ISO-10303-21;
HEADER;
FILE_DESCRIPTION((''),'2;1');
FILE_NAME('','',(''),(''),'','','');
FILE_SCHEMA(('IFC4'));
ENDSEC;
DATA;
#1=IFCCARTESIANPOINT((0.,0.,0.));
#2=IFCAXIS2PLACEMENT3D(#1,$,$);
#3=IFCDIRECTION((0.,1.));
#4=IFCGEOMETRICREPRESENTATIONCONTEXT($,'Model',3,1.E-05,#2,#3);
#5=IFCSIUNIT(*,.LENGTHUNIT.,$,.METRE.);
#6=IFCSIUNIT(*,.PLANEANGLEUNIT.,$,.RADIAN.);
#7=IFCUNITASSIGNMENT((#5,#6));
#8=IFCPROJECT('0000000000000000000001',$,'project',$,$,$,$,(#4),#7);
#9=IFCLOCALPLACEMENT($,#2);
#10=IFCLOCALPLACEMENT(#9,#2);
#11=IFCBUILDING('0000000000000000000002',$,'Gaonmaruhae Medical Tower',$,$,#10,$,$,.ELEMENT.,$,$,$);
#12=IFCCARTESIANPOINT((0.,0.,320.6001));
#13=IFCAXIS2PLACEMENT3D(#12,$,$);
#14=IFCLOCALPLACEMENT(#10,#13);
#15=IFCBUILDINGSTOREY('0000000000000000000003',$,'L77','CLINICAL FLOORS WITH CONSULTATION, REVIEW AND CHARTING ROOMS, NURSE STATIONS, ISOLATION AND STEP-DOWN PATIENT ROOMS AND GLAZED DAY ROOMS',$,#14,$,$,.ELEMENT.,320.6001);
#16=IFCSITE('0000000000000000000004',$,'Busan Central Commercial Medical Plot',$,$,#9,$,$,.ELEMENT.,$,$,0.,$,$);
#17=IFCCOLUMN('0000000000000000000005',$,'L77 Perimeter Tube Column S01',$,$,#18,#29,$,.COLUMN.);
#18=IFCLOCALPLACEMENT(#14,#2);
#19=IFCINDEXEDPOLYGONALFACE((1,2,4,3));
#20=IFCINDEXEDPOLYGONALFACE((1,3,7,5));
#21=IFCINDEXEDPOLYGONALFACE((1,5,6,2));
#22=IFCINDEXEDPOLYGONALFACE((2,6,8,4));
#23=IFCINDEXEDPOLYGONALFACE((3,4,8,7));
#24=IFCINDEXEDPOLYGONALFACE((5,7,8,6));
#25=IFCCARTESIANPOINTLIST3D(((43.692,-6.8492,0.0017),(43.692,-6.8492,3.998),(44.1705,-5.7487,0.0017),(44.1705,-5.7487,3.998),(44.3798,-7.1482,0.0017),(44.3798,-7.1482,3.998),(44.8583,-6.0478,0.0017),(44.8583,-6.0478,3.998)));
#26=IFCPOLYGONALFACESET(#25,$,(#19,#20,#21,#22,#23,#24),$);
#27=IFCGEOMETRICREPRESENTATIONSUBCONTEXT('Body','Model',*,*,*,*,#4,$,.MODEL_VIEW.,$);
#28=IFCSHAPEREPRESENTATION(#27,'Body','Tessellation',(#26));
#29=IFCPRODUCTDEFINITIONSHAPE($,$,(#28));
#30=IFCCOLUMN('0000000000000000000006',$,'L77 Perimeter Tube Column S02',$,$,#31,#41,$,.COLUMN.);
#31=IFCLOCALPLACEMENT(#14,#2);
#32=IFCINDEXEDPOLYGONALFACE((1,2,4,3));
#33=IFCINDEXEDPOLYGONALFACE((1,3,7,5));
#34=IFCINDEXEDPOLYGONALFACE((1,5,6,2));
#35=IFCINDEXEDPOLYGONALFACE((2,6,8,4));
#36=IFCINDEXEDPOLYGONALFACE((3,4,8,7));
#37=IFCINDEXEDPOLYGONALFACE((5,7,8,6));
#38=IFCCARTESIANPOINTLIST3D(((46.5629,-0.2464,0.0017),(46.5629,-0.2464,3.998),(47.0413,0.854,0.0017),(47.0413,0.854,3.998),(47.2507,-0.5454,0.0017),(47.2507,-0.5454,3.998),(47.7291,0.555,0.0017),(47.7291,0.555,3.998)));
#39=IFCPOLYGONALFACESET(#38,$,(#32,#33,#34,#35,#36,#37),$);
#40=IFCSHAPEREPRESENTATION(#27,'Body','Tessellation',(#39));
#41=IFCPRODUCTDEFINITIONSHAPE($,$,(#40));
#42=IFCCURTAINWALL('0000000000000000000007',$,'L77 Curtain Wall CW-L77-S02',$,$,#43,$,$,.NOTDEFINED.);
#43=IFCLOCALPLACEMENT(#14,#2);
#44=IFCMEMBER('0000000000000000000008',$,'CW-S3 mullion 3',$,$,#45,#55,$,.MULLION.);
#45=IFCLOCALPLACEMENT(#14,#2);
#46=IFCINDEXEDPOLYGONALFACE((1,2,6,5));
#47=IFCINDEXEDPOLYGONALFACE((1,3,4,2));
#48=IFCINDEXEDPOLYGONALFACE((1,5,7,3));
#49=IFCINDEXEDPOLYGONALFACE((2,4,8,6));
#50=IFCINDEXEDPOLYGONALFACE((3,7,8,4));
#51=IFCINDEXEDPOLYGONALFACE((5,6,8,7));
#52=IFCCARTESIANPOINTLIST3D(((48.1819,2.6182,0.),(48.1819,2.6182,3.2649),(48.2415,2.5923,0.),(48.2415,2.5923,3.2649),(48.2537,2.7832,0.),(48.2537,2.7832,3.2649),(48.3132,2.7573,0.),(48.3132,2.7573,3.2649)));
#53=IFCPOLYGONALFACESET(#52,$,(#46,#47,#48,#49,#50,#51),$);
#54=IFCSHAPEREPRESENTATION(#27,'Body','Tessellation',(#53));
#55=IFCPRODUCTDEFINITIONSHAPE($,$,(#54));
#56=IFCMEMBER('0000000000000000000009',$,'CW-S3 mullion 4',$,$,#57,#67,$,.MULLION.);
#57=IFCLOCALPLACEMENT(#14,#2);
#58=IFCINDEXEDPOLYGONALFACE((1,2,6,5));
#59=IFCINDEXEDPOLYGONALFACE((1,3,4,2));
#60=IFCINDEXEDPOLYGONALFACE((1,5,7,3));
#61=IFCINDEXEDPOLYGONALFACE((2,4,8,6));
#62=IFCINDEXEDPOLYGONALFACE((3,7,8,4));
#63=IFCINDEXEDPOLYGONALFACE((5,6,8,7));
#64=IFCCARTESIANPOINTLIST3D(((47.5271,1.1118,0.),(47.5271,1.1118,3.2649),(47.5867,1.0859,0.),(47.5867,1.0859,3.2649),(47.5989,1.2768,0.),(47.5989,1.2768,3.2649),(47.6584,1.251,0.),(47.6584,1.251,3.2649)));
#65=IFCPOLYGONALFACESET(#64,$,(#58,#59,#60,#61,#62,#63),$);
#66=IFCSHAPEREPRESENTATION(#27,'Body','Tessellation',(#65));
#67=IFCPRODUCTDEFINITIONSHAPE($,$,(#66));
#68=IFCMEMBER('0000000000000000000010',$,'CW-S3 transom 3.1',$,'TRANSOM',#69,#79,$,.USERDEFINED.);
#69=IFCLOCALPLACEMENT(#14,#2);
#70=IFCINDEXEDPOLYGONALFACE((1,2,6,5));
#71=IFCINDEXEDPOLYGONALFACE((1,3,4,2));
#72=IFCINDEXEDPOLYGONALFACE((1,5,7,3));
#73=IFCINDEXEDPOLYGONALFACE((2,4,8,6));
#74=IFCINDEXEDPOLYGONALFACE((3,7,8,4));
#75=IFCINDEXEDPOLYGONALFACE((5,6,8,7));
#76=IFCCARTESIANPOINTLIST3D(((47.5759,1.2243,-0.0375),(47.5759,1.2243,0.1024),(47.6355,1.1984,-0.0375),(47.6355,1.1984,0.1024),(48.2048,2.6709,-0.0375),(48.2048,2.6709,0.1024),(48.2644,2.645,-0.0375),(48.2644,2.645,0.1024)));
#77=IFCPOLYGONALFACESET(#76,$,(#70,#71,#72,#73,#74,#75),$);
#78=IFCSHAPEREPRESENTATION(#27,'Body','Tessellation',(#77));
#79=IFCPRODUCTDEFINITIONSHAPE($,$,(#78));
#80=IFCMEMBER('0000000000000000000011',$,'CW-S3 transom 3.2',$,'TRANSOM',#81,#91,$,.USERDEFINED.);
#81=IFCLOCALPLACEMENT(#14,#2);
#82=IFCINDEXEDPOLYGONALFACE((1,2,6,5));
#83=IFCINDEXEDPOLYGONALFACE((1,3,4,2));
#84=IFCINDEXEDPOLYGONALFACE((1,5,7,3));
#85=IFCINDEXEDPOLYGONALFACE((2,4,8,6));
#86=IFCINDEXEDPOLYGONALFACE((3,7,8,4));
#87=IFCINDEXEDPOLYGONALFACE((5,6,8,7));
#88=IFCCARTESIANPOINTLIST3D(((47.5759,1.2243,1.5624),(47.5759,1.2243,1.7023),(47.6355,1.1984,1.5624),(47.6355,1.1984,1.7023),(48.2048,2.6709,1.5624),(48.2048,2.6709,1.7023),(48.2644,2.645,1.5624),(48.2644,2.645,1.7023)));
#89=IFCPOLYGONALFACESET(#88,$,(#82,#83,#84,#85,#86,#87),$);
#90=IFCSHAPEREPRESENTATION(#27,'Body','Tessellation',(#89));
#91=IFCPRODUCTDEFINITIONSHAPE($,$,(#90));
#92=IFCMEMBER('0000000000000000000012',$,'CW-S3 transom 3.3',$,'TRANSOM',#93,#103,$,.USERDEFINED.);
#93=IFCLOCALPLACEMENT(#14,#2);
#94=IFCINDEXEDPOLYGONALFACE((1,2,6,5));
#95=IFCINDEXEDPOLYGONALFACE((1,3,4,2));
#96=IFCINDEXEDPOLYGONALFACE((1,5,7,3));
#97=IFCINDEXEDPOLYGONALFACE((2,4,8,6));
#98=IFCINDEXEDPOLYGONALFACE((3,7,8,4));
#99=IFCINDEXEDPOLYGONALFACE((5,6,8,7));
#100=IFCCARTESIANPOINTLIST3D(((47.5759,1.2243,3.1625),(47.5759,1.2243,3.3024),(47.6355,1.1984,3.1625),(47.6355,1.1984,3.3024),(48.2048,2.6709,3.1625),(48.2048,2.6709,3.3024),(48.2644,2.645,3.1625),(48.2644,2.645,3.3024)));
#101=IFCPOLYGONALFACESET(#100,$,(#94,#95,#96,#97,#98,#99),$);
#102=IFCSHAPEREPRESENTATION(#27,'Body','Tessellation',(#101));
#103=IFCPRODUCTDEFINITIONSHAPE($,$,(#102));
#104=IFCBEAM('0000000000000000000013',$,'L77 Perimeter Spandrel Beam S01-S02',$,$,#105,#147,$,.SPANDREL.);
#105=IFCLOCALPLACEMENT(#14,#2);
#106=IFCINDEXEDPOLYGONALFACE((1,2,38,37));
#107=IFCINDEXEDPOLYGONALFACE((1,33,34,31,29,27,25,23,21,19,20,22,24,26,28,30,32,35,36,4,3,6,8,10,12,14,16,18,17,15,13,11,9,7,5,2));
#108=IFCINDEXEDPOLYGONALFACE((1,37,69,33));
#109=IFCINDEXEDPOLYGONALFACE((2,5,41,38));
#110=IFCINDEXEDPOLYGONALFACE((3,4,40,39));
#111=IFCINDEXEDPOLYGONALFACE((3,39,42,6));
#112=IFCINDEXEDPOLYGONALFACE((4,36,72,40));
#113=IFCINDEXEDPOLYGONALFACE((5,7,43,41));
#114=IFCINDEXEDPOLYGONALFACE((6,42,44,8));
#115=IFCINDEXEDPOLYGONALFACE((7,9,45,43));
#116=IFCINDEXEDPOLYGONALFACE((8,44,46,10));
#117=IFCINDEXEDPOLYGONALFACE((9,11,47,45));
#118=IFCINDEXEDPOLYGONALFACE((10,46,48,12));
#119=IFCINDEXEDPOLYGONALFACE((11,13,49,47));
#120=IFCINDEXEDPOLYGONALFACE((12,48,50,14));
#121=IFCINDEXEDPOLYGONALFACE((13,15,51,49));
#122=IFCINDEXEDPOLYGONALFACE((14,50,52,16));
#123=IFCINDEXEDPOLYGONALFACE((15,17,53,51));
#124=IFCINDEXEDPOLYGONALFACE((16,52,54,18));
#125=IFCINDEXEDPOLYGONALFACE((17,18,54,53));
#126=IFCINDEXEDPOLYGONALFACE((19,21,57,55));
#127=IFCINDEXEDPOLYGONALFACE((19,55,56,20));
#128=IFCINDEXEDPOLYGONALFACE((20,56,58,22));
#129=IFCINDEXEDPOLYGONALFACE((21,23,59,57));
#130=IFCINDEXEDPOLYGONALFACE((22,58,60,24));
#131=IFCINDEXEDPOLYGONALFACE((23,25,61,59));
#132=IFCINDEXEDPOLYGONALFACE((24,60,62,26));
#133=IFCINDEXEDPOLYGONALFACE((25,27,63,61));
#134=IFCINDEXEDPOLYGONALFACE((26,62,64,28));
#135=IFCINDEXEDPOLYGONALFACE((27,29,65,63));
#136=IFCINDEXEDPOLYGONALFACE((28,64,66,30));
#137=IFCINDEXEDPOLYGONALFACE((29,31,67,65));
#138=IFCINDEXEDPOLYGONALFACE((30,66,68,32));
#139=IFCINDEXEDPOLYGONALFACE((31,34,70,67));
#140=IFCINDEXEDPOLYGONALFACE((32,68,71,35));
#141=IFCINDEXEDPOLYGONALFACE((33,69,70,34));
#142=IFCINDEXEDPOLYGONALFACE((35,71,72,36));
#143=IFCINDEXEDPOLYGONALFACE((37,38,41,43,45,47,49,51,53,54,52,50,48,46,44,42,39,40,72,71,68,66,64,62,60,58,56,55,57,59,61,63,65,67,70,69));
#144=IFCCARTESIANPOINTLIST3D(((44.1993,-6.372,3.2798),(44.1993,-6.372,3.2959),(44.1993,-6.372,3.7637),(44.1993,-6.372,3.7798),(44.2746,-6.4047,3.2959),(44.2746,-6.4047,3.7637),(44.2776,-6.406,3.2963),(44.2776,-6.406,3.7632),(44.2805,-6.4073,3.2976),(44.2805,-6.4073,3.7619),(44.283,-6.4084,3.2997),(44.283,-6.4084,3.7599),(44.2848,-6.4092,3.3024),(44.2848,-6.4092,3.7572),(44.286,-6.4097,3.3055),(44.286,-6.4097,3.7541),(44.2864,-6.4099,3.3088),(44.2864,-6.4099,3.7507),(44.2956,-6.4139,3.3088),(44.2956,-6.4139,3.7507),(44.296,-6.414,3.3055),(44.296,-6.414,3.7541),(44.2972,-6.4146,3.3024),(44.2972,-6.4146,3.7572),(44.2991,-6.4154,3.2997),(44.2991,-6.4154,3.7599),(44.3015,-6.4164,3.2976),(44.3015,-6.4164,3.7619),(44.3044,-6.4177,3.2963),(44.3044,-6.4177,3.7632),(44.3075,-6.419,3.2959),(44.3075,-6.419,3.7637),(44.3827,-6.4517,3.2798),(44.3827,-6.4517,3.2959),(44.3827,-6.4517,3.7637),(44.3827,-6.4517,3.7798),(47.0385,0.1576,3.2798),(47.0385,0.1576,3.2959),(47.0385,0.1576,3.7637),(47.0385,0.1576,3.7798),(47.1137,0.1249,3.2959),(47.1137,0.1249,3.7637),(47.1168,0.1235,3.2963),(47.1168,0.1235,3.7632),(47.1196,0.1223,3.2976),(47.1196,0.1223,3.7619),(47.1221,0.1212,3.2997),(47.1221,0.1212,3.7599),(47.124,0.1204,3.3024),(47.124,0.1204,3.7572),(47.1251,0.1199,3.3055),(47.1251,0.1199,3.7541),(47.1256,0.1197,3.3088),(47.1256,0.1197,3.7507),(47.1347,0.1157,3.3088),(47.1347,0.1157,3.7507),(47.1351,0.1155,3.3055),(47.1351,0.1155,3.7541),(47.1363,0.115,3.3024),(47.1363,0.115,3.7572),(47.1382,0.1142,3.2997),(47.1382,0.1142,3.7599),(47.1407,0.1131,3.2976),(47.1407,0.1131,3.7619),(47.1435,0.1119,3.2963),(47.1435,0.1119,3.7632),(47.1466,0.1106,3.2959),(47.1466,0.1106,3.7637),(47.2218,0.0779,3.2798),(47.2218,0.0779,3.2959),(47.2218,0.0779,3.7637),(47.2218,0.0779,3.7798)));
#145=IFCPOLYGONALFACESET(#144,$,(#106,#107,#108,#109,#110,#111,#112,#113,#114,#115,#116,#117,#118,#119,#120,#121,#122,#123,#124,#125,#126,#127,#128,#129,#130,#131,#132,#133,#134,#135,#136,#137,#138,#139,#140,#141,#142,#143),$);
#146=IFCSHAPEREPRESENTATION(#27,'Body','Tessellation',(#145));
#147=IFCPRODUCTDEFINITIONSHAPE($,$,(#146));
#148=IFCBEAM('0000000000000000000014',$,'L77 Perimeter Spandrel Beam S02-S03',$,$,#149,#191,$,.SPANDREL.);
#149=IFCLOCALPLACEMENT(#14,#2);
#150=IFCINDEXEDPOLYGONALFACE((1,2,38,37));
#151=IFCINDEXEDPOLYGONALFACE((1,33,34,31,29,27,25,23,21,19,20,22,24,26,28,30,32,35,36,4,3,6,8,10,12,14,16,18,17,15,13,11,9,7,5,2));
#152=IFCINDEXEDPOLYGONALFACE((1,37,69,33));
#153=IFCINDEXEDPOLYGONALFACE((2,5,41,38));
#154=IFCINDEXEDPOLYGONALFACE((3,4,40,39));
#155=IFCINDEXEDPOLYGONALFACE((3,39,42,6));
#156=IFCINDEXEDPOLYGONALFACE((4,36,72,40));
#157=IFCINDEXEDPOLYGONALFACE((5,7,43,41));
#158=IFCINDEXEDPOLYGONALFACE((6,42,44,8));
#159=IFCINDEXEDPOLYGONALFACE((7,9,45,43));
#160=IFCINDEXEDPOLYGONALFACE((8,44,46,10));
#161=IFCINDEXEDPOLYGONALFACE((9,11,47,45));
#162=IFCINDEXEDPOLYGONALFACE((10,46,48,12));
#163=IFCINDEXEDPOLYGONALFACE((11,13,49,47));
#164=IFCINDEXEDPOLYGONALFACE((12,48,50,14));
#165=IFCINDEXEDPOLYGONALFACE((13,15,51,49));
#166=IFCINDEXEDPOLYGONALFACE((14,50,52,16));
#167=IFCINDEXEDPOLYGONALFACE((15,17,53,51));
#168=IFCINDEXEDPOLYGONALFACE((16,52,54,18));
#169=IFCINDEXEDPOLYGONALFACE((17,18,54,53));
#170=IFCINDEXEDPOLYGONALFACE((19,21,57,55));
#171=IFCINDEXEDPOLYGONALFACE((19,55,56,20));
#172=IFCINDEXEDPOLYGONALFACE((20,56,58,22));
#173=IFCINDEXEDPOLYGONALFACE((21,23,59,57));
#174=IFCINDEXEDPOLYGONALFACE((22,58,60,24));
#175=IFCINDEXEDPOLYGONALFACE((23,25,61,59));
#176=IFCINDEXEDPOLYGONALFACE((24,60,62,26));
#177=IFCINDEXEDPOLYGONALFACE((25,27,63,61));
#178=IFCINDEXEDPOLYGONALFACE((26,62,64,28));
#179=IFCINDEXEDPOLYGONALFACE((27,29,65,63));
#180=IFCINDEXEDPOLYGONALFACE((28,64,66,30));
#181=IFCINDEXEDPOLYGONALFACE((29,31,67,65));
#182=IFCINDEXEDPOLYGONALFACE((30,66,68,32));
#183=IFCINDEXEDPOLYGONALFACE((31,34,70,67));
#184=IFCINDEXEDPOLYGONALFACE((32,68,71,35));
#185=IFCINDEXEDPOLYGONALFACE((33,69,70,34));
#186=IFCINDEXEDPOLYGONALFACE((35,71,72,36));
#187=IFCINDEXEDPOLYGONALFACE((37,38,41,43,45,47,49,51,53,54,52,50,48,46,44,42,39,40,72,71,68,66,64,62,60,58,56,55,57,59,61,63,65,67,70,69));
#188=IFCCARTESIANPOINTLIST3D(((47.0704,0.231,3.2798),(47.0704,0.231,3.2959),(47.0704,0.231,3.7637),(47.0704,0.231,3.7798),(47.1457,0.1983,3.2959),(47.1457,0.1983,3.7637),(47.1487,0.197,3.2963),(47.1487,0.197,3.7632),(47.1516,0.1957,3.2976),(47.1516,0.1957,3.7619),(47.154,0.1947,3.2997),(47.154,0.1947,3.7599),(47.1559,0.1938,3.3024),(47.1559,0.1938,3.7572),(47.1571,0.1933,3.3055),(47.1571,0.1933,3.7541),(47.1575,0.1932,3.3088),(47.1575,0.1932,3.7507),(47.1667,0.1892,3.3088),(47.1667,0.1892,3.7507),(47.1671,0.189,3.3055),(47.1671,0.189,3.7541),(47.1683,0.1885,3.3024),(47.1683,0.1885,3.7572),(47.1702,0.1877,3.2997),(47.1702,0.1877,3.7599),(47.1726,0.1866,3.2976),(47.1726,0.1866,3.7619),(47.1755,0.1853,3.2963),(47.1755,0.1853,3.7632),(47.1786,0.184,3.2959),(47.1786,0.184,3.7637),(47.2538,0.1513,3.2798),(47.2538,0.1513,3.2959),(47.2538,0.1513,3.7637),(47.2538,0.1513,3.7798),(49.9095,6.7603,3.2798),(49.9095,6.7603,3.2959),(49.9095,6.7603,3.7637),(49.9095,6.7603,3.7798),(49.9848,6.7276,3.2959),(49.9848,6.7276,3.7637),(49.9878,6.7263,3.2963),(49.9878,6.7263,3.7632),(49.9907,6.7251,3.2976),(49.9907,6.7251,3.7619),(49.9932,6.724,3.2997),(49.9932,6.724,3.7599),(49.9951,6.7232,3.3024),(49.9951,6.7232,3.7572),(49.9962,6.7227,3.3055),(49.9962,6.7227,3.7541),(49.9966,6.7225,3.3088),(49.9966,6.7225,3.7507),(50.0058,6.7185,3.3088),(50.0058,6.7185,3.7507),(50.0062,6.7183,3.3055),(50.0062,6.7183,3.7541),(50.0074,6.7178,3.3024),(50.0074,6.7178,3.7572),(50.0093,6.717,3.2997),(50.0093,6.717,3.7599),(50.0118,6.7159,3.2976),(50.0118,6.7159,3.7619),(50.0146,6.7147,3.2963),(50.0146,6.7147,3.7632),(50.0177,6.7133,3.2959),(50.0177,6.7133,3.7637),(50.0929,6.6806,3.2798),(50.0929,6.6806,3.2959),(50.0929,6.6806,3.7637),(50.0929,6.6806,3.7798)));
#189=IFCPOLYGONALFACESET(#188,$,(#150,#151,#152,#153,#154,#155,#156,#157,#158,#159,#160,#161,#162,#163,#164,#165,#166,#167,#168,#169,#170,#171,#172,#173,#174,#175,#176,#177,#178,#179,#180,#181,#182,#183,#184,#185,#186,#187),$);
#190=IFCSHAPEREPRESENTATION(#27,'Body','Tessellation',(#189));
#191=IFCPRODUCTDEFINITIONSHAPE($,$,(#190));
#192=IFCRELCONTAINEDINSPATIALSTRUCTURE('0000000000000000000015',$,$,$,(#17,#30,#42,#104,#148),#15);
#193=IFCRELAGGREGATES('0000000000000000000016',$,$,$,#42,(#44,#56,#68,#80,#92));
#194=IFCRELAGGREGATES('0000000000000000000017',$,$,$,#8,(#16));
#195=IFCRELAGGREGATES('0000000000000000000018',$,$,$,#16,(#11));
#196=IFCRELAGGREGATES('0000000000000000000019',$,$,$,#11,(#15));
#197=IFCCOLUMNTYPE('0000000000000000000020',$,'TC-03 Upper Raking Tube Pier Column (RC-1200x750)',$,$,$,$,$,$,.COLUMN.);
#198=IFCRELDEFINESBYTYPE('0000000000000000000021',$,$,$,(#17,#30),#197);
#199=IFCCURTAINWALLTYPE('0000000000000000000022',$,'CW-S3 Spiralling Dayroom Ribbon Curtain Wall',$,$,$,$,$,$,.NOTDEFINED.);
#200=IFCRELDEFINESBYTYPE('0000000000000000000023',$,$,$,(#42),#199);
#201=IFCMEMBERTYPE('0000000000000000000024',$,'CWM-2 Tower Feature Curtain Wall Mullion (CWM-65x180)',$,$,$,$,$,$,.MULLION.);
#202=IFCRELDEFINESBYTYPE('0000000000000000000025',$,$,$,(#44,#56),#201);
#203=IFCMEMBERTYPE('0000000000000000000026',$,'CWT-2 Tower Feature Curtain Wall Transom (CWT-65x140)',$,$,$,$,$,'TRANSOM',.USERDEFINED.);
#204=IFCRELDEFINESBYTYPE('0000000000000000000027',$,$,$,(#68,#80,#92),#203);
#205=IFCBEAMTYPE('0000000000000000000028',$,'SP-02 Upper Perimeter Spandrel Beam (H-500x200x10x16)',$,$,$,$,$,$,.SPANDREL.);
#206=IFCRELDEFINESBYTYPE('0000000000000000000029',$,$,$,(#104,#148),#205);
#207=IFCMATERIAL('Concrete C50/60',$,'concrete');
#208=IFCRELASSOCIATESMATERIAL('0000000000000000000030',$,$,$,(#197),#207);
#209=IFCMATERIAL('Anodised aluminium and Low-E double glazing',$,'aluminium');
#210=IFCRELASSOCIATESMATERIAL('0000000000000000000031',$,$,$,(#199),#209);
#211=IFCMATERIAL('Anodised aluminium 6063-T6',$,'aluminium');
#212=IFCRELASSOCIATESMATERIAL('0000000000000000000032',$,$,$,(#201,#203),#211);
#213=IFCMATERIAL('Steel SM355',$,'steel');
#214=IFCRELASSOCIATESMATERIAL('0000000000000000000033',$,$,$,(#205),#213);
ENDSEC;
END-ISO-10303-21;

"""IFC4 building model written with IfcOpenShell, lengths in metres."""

from ifc_helpers import new_model, si_unit, direction, frame, origin, origin_2d, place, context, subcontext, project, spatial, rectangle, i_section, extrude, material, material_profile, profile_set, type_object, element, aggregate, save


model = new_model("IFC4")

# Units and contexts
model_context = context("Model", 3, precision=1e-05, world=origin(), true_north=direction((0.0, 1.0)))
body_context = subcontext(model_context, "Body", "Model", "MODEL_VIEW")
ifc_project = project(units=[si_unit("LENGTHUNIT", "METRE"), si_unit("PLANEANGLEUNIT", "RADIAN")], contexts=[model_context])

# Site, building, storey
site_placement = place(None, origin())
site = spatial("IfcSite", under=ifc_project, at=site_placement, Name="Busan Central Commercial Medical Plot", CompositionType="ELEMENT", RefElevation=0.0)
building_placement = place(site_placement, origin())
building = spatial("IfcBuilding", under=site, at=building_placement, Name="Gaonmaruhae Medical Tower", CompositionType="ELEMENT")
storey_placement = place(building_placement, frame((0.0, 0.0, 320.6001)))
storey = spatial("IfcBuildingStorey", under=building, at=storey_placement, Name="L77", Description="CLINICAL FLOORS WITH CONSULTATION, REVIEW AND CHARTING ROOMS, NURSE STATIONS, ISOLATION AND STEP-DOWN PATIENT ROOMS AND GLAZED DAY ROOMS", CompositionType="ELEMENT", Elevation=320.6001)

# Columns
ifc_material_1 = material(Name="Concrete C50/60", Category="concrete")
ifc_material_profile_1 = material_profile(ifc_material_1, rectangle(XDim=1.2, YDim=0.75, at=origin_2d()), Name="RC-1200x750")
ifc_profile_set_1 = profile_set([ifc_material_profile_1], Name="Concrete C50/60")
column_type = type_object("IfcColumnType", Name="TC-03 Upper Raking Tube Pier Column (RC-1200x750)", PredefinedType="COLUMN", material=ifc_profile_set_1)
for number, where, z_axis, x_axis, name in (
    (1, (44.2751, -6.4485, 0.0017), (0.0, 0.0, 1.0), (0.398749, 0.91706, 0.0), "L77 Perimeter Tube Column S01"),
    (2, (47.146, 0.1543, 0.0017), (0.0, 0.0, 1.0), (0.398749, 0.91706, 0.0), "L77 Perimeter Tube Column S02"),
):
    element("IfcColumn", number, at=place(storey_placement, frame(where, z_axis=z_axis, x_axis=x_axis)), inside=storey, type_object=column_type, Name=name, PredefinedType="COLUMN", context=body_context, shape_type="SweptSolid", body=[
        extrude(rectangle(XDim=1.2, YDim=0.75, at=origin_2d()), origin(), (0.0, 0.0, 1.0), 3.9963),
    ])

# Curtain wall, members
ifc_material_2 = material(Name="Anodised aluminium and Low-E double glazing", Category="aluminium")
curtain_wall_type = type_object("IfcCurtainWallType", Name="CW-S3 Spiralling Dayroom Ribbon Curtain Wall", PredefinedType="NOTDEFINED", material=ifc_material_2)
curtain_wall_placement = place(storey_placement, origin())
curtain_wall = element("IfcCurtainWall", 3, at=curtain_wall_placement, inside=storey, type_object=curtain_wall_type, Name="L77 Curtain Wall CW-L77-S02", PredefinedType="NOTDEFINED")
ifc_material_3 = material(Name="Anodised aluminium 6063-T6", Category="aluminium")
ifc_material_profile_2 = material_profile(ifc_material_3, rectangle(XDim=0.0649, YDim=0.1799, at=origin_2d()), Name="CWM-65x180")
ifc_profile_set_2 = profile_set([ifc_material_profile_2], Name="Anodised aluminium 6063-T6")
member_type_1 = type_object("IfcMemberType", Name="CWM-2 Tower Feature Curtain Wall Mullion (CWM-65x180)", PredefinedType="MULLION", material=ifc_profile_set_2)
member_1_placement = place(storey_placement, frame((48.2476, 2.6877, 0.0), z_axis=(0.0, 0.0, 1.0), x_axis=(0.917068, -0.398732, 0.0)))
member_1 = element("IfcMember", 4, at=member_1_placement, type_object=member_type_1, Name="CW-S3 mullion 3", PredefinedType="MULLION", context=body_context, shape_type="SweptSolid", body=[
    extrude(rectangle(XDim=0.0649, YDim=0.1799, at=origin_2d()), origin(), (0.0, 0.0, 1.0), 3.2649),
])
member_2_placement = place(storey_placement, frame((47.5928, 1.1814, 0.0), z_axis=(0.0, 0.0, 1.0), x_axis=(0.917068, -0.398732, 0.0)))
member_2 = element("IfcMember", 5, at=member_2_placement, type_object=member_type_1, Name="CW-S3 mullion 4", PredefinedType="MULLION", context=body_context, shape_type="SweptSolid", body=[
    extrude(rectangle(XDim=0.0649, YDim=0.1799, at=origin_2d()), origin(), (0.0, 0.0, 1.0), 3.2649),
])
ifc_material_profile_3 = material_profile(ifc_material_3, rectangle(XDim=0.0649, YDim=0.1399, at=origin_2d()), Name="CWT-65x140")
ifc_profile_set_3 = profile_set([ifc_material_profile_3], Name="Anodised aluminium 6063-T6")
member_type_2 = type_object("IfcMemberType", Name="CWT-2 Tower Feature Curtain Wall Transom (CWT-65x140)", ElementType="TRANSOM", PredefinedType="USERDEFINED", material=ifc_profile_set_3)
member_3_placement = place(storey_placement, frame((48.2346, 2.658, 0.0325), z_axis=(-0.398715, -0.917075, 0.0), x_axis=(0.917075, -0.398715, 0.0)))
member_3 = element("IfcMember", 6, at=member_3_placement, type_object=member_type_2, Name="CW-S3 transom 3.1", ObjectType="TRANSOM", PredefinedType="USERDEFINED", context=body_context, shape_type="SweptSolid", body=[
    extrude(rectangle(XDim=0.0649, YDim=0.1399, at=origin_2d()), origin(), (0.0, 0.0, 1.0), 1.5774),
])
member_4_placement = place(storey_placement, frame((48.2346, 2.658, 1.6323), z_axis=(-0.398715, -0.917075, 0.0), x_axis=(0.917075, -0.398715, 0.0)))
member_4 = element("IfcMember", 7, at=member_4_placement, type_object=member_type_2, Name="CW-S3 transom 3.2", ObjectType="TRANSOM", PredefinedType="USERDEFINED", context=body_context, shape_type="SweptSolid", body=[
    extrude(rectangle(XDim=0.0649, YDim=0.1399, at=origin_2d()), origin(), (0.0, 0.0, 1.0), 1.5774),
])
member_5_placement = place(storey_placement, frame((48.2346, 2.658, 3.2324), z_axis=(-0.398715, -0.917075, 0.0), x_axis=(0.917075, -0.398715, 0.0)))
member_5 = element("IfcMember", 8, at=member_5_placement, type_object=member_type_2, Name="CW-S3 transom 3.3", ObjectType="TRANSOM", PredefinedType="USERDEFINED", context=body_context, shape_type="SweptSolid", body=[
    extrude(rectangle(XDim=0.0649, YDim=0.1399, at=origin_2d()), origin(), (0.0, 0.0, 1.0), 1.5774),
])

# Beams
ifc_material_4 = material(Name="Steel SM355", Category="steel")
ifc_material_profile_4 = material_profile(ifc_material_4, i_section(OverallWidth=0.2, OverallDepth=0.5, WebThickness=0.01, FlangeThickness=0.0161, FilletRadius=0.0129, at=origin_2d()), Name="H-500x200x10x16")
ifc_profile_set_4 = profile_set([ifc_material_profile_4], Name="Steel SM355")
beam_type = type_object("IfcBeamType", Name="SP-02 Upper Perimeter Spandrel Beam (H-500x200x10x16)", PredefinedType="SPANDREL", material=ifc_profile_set_4)
beam_1_placement = place(storey_placement, frame((44.291, -6.4119, 3.5298), z_axis=(0.398747, 0.917061, 0.0), x_axis=(-0.917061, 0.398747, 0.0)))
element("IfcBeam", 9, at=beam_1_placement, inside=storey, type_object=beam_type, Name="L77 Perimeter Spandrel Beam S01-S02", PredefinedType="SPANDREL", context=body_context, shape_type="SweptSolid", body=[
    extrude(i_section(OverallWidth=0.2, OverallDepth=0.5, WebThickness=0.01, FlangeThickness=0.0161, FilletRadius=0.0129, at=origin_2d()), origin(), (0.0, 0.0, 1.0), 7.1201),
])
beam_2_placement = place(storey_placement, frame((47.1621, 0.1912, 3.5298), z_axis=(0.39876, 0.917055, 0.0), x_axis=(-0.917055, 0.39876, 0.0)))
element("IfcBeam", 10, at=beam_2_placement, inside=storey, type_object=beam_type, Name="L77 Perimeter Spandrel Beam S02-S03", PredefinedType="SPANDREL", context=body_context, shape_type="SweptSolid", body=[
    extrude(i_section(OverallWidth=0.2, OverallDepth=0.5, WebThickness=0.01, FlangeThickness=0.0161, FilletRadius=0.0129, at=origin_2d()), origin(), (0.0, 0.0, 1.0), 7.1199),
])

aggregate(curtain_wall, [member_1, member_2, member_3, member_4, member_5])

save(model, "model.ifc")
